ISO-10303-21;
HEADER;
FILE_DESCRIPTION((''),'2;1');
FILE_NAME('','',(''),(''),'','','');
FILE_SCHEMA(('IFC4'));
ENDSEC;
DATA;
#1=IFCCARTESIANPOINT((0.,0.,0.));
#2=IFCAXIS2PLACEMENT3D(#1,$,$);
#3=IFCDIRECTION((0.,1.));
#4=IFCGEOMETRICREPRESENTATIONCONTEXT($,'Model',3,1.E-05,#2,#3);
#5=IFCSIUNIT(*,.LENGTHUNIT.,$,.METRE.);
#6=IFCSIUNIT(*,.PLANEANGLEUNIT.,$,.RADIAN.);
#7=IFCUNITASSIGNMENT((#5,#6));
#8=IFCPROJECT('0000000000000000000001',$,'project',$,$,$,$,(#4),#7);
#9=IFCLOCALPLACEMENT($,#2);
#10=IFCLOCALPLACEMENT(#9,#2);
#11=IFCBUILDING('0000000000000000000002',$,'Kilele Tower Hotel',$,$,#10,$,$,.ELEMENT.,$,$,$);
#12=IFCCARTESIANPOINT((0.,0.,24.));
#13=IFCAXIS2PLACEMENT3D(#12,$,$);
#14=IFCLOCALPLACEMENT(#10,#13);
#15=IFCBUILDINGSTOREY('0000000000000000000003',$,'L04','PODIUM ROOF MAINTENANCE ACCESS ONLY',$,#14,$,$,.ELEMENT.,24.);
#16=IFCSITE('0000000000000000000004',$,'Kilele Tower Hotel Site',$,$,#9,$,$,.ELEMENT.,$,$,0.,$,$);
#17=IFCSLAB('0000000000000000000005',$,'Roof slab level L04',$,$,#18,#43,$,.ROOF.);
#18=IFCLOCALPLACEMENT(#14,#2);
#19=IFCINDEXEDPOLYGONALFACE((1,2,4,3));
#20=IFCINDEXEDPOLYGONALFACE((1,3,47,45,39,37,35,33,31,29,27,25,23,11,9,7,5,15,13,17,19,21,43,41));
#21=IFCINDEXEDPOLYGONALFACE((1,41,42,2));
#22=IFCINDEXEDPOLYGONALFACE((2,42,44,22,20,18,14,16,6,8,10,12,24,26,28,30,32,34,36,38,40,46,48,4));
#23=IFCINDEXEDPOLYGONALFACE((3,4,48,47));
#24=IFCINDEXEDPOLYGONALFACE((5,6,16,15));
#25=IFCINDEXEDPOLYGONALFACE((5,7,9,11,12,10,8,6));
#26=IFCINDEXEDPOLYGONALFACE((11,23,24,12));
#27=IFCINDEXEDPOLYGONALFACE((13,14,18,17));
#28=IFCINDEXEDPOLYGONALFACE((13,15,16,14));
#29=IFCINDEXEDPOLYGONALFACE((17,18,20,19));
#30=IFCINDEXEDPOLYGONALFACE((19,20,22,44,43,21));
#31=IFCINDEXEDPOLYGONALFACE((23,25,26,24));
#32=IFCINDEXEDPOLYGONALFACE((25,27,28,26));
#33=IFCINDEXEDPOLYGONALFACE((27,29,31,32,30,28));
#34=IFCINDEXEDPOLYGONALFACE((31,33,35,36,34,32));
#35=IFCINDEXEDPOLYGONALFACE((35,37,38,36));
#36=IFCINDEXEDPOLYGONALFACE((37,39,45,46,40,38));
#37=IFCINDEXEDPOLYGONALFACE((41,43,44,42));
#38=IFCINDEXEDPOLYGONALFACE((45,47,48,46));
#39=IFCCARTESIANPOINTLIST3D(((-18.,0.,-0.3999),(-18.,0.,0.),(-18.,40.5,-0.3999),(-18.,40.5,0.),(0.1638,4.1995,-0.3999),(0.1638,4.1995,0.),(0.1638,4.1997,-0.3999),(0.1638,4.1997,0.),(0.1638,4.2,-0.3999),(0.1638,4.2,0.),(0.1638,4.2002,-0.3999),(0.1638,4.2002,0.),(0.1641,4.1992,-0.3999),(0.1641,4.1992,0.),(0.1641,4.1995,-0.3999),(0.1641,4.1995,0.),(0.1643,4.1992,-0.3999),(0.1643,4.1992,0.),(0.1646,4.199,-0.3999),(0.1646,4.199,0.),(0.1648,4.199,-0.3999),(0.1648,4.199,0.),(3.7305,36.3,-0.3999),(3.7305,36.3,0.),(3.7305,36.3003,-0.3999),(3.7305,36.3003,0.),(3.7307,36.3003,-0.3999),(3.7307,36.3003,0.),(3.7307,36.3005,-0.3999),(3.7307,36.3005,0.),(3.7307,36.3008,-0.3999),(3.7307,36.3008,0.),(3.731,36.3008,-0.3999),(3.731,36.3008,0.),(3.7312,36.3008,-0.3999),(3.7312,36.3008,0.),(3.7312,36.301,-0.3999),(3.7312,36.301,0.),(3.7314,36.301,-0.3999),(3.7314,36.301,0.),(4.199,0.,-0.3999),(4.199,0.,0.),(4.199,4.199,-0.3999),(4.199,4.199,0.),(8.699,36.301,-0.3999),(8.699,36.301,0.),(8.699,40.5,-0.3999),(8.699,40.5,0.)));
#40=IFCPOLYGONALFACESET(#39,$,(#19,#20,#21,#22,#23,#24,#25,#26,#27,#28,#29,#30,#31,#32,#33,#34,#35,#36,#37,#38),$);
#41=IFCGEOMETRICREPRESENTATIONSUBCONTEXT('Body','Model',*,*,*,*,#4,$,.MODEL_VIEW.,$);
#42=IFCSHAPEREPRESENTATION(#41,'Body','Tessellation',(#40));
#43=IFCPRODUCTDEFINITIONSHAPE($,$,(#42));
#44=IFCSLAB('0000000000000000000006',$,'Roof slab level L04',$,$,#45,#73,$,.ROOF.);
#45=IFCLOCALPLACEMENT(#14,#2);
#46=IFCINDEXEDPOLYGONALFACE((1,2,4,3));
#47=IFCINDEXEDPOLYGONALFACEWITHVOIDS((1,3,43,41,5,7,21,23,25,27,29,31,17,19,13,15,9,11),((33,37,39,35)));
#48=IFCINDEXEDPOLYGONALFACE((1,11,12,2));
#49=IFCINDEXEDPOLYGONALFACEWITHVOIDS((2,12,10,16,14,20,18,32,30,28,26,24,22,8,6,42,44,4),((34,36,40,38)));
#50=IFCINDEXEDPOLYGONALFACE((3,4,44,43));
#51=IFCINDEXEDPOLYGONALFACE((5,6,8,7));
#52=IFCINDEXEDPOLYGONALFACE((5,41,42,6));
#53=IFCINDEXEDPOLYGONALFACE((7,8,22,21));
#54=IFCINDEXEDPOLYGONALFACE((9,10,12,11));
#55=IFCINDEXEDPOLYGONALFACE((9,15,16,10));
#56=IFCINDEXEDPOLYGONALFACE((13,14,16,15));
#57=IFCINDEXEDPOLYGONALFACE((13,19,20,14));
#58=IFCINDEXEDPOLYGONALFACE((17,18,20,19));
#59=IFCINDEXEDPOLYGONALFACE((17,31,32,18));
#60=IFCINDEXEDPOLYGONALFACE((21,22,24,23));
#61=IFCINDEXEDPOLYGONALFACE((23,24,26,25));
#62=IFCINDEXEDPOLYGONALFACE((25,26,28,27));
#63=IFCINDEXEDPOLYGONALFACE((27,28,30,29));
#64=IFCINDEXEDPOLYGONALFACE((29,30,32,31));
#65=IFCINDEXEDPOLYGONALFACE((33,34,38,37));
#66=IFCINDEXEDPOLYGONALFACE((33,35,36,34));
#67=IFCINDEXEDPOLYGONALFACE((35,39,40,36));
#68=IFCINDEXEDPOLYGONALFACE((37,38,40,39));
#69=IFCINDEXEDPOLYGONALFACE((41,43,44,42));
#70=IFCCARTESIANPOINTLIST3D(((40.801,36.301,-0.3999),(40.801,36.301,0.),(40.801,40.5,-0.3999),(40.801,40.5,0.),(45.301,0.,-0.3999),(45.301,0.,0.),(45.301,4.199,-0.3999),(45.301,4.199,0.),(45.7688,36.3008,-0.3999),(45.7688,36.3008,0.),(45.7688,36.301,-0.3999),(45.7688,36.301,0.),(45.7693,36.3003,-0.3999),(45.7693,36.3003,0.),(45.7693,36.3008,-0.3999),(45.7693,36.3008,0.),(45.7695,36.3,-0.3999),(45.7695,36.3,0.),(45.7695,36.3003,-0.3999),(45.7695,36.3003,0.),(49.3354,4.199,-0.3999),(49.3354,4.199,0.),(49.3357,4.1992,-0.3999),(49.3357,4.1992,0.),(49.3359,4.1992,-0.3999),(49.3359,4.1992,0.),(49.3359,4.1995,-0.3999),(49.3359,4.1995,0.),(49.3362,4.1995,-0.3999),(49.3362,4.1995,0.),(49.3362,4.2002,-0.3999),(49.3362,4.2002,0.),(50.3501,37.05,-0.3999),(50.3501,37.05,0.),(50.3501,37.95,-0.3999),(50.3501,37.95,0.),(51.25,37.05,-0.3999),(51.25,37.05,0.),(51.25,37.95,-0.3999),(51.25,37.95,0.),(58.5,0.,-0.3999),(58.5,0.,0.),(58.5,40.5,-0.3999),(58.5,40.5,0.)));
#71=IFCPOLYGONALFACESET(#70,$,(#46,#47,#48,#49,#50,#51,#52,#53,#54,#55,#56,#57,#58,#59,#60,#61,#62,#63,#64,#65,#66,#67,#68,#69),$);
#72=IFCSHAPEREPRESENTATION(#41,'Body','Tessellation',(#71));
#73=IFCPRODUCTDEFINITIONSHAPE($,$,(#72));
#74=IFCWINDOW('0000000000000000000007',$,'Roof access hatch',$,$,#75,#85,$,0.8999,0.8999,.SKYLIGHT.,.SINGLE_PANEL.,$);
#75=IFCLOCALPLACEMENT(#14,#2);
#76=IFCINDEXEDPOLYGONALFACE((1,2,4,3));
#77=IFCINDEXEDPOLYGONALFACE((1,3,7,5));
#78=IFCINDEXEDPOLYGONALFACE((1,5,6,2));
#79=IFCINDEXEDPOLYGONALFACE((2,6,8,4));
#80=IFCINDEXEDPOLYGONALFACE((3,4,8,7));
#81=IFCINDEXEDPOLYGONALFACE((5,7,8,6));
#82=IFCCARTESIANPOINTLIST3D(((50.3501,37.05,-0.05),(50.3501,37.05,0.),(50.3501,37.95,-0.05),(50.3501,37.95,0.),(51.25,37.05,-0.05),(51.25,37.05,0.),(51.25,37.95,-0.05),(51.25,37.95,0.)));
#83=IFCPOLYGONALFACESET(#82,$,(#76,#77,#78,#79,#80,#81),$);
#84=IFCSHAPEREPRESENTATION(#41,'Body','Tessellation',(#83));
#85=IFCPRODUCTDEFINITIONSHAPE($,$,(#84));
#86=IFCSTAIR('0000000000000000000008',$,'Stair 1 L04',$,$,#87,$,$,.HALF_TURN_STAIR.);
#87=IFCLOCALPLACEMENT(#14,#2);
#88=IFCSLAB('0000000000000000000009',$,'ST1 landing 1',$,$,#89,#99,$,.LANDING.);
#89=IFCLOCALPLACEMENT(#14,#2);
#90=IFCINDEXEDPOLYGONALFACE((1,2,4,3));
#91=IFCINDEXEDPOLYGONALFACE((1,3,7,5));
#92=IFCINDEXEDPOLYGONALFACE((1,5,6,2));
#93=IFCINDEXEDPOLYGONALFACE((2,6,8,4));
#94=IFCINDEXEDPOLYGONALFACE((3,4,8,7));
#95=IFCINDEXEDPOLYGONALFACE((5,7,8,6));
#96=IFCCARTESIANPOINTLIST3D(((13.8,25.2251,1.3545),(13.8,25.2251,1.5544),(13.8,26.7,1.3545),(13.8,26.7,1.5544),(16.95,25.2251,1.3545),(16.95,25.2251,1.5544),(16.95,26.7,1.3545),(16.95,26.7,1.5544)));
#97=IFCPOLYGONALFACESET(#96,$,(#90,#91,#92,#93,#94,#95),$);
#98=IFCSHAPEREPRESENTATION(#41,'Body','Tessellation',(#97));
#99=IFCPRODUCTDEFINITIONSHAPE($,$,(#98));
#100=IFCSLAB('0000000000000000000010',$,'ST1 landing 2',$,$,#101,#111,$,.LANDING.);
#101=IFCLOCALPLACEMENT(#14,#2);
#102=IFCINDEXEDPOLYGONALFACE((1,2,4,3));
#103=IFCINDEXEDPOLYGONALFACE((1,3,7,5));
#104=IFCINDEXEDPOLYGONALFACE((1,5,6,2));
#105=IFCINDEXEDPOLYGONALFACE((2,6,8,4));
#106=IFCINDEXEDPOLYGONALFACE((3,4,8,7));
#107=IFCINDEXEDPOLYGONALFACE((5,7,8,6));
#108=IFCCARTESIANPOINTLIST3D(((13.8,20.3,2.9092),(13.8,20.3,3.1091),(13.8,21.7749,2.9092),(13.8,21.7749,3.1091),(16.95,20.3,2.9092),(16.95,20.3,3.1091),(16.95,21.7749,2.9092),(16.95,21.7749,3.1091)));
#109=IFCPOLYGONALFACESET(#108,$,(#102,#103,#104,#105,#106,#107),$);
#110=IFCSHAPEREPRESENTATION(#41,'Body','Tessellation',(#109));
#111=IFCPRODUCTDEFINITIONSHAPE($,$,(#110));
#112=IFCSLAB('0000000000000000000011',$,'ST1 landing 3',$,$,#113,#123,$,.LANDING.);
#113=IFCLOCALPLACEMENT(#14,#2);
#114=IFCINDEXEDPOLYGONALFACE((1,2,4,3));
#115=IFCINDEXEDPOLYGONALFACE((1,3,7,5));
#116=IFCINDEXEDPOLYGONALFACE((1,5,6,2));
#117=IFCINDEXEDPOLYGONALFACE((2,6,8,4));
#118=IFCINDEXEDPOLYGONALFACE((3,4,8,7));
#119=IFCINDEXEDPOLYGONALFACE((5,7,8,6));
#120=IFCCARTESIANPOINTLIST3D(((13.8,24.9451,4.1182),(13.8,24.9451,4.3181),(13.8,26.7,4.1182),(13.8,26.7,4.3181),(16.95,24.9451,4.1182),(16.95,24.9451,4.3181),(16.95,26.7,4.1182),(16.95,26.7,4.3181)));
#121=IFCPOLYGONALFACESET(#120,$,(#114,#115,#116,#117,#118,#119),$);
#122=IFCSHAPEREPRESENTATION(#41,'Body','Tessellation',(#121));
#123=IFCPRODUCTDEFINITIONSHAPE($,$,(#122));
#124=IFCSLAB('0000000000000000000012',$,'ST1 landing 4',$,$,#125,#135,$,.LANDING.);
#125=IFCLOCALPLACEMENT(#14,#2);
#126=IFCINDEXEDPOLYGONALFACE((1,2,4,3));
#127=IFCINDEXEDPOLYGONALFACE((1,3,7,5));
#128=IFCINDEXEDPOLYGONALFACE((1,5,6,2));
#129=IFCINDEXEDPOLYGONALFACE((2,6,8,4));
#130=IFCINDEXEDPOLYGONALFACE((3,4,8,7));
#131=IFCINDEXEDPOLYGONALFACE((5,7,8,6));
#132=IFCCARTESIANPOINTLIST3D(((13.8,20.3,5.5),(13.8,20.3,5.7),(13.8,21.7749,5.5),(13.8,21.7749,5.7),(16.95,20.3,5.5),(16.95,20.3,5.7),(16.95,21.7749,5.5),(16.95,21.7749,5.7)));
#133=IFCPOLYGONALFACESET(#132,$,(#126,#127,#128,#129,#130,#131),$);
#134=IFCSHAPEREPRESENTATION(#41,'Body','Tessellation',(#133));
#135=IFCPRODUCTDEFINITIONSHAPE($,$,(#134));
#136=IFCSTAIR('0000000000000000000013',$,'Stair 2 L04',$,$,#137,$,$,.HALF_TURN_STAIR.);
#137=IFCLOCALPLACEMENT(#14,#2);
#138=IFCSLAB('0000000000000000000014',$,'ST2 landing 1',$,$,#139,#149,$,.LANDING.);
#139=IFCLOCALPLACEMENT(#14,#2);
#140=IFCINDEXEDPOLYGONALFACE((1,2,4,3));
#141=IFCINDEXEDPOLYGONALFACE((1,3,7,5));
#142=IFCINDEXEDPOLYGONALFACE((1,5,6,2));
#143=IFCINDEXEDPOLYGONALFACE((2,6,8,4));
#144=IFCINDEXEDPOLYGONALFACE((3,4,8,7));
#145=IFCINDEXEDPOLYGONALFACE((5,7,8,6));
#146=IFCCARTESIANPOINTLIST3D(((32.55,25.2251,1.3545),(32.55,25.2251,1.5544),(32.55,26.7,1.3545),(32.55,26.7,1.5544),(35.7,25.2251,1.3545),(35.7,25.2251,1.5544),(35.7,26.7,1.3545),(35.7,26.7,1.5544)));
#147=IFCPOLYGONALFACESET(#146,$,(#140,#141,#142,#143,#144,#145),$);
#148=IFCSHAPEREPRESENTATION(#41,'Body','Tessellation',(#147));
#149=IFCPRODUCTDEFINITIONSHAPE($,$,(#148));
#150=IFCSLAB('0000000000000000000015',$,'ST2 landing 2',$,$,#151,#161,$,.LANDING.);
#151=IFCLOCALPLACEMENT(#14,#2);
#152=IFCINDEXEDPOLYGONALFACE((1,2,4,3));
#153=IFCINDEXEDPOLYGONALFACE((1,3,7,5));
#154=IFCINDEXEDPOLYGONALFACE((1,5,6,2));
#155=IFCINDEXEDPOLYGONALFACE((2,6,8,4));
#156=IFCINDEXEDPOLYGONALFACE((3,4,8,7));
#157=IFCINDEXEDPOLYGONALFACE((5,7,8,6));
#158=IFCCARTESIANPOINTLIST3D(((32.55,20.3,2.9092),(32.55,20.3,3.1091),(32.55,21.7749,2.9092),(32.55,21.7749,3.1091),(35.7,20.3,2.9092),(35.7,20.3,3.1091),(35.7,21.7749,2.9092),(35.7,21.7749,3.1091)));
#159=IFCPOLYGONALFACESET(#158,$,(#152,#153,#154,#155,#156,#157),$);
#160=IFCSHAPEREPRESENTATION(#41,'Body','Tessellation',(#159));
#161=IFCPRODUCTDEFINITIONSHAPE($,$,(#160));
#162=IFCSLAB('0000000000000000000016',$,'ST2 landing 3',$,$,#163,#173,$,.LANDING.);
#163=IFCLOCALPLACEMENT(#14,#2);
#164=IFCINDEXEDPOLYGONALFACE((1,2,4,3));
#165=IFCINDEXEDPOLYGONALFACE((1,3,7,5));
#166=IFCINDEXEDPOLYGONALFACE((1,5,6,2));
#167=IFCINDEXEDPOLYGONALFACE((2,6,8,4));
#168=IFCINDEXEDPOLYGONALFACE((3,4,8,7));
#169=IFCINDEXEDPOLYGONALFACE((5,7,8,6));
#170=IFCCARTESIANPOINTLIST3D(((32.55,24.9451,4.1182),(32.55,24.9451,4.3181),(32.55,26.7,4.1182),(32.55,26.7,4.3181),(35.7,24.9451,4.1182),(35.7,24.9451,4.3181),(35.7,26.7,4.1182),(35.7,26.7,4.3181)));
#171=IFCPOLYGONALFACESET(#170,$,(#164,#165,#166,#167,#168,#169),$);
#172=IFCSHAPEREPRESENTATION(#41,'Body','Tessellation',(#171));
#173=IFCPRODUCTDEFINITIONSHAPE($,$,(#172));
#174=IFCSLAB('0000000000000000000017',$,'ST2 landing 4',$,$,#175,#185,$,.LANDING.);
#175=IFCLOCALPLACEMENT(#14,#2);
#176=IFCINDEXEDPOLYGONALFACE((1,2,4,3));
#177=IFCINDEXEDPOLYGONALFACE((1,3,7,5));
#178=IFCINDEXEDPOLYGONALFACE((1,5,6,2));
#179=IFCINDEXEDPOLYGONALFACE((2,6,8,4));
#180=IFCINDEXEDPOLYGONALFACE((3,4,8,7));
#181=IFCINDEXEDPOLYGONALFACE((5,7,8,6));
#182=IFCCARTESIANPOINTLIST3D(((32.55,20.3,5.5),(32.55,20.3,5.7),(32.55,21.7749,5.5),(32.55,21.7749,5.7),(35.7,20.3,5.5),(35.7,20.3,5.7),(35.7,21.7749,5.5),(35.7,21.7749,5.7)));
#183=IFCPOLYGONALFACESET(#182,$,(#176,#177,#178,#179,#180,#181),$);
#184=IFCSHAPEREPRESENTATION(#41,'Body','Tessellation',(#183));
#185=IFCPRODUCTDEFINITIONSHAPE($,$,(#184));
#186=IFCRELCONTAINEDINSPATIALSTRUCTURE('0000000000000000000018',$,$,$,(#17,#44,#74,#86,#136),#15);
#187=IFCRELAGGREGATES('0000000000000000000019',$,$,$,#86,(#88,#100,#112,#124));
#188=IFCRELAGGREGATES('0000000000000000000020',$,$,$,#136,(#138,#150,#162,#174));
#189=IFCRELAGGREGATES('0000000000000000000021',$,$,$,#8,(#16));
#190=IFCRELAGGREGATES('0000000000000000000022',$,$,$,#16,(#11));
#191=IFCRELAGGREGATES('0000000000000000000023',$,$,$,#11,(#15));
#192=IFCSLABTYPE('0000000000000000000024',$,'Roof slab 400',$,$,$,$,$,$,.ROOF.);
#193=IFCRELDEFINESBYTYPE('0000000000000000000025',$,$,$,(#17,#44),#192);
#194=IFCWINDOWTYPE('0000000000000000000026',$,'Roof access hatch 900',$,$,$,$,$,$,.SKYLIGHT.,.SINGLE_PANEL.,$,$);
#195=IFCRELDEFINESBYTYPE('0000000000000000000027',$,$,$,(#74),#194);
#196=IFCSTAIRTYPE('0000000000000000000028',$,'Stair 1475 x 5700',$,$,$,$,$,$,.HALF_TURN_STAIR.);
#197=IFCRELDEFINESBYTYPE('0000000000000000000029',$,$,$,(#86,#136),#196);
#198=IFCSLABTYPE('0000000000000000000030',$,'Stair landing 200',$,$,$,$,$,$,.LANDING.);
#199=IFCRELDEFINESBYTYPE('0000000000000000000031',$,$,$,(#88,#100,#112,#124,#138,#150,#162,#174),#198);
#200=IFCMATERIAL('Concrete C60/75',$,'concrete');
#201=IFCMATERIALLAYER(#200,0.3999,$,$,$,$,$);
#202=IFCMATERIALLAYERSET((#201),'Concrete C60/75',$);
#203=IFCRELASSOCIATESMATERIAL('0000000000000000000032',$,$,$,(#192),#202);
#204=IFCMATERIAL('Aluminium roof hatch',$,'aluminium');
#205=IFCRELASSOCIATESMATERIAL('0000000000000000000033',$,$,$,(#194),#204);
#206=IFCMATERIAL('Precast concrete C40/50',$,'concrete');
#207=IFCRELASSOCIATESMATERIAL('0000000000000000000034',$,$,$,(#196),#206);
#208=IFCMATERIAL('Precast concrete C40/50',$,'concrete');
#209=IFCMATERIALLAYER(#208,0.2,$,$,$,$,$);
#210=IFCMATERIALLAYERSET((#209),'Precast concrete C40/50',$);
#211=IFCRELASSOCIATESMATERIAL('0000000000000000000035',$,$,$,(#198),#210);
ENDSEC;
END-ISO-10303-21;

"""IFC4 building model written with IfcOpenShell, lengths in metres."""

from ifc_helpers import new_model, si_unit, direction, frame, origin, origin_2d, place, context, subcontext, project, spatial, polyline, rectangle, outline, extrude, material, layer, layer_set, type_object, element, fill, aggregate, save


model = new_model("IFC4")

# Units and contexts
model_context = context("Model", 3, precision=1e-05, world=origin(), true_north=direction((0.0, 1.0)))
body_context = subcontext(model_context, "Body", "Model", "MODEL_VIEW")
ifc_project = project(units=[si_unit("LENGTHUNIT", "METRE"), si_unit("PLANEANGLEUNIT", "RADIAN")], contexts=[model_context])

# Site, building, storey
site_placement = place(None, origin())
site = spatial("IfcSite", under=ifc_project, at=site_placement, Name="Kilele Tower Hotel Site", CompositionType="ELEMENT", RefElevation=0.0)
building_placement = place(site_placement, origin())
building = spatial("IfcBuilding", under=site, at=building_placement, Name="Kilele Tower Hotel", CompositionType="ELEMENT")
storey_placement = place(building_placement, frame((0.0, 0.0, 24.0)))
storey = spatial("IfcBuildingStorey", under=building, at=storey_placement, Name="L04", Description="PODIUM ROOF MAINTENANCE ACCESS ONLY", CompositionType="ELEMENT", Elevation=24.0)

# Slab
ifc_material_1 = material(Name="Concrete C60/75", Category="concrete")
ifc_layer_1 = layer(ifc_material_1, 0.3999)
ifc_layer_set_1 = layer_set([ifc_layer_1], Name="Concrete C60/75")
slab_type_1 = type_object("IfcSlabType", Name="Roof slab 400", PredefinedType="ROOF", material=ifc_layer_set_1)
slab_1_placement = place(storey_placement, frame((0.0, 0.0, -0.3999)))
element("IfcSlab", 1, at=slab_1_placement, inside=storey, type_object=slab_type_1, Name="Roof slab level L04", PredefinedType="ROOF", context=body_context, shape_type="SweptSolid", body=[
    extrude(outline(polyline([(-18.0, 0.0), (-18.0, 40.5), (8.699, 40.5), (8.699, 36.301), (3.7314, 36.301), (3.7314, 36.301), (3.7312, 36.301), (3.7312, 36.301), (3.7312, 36.3008), (3.731, 36.3008), (3.731, 36.3008), (3.731, 36.3008), (3.7307, 36.3008), (3.7307, 36.3005), (3.7307, 36.3005), (3.7307, 36.3005), (3.7307, 36.3003), (3.7305, 36.3003), (3.7305, 36.3003), (3.7305, 36.3), (0.1638, 4.2002), (0.1638, 4.2), (0.1638, 4.2), (0.1638, 4.1997), (0.1638, 4.1997), (0.1638, 4.1997), (0.1638, 4.1995), (0.1641, 4.1995), (0.1641, 4.1995), (0.1641, 4.1992), (0.1643, 4.1992), (0.1643, 4.1992), (0.1643, 4.1992), (0.1643, 4.1992), (0.1646, 4.199), (0.1646, 4.199), (0.1648, 4.199), (0.1648, 4.199), (4.199, 4.199), (4.199, 0.0), (-18.0, 0.0)])), origin(), (0.0, 0.0, 1.0), 0.3999),
])

# Slab, opening, window
slab_2_placement = place(storey_placement, frame((0.0, 0.0, -0.3999)))
slab_2 = element("IfcSlab", 2, at=slab_2_placement, inside=storey, type_object=slab_type_1, Name="Roof slab level L04", PredefinedType="ROOF", context=body_context, shape_type="SweptSolid", body=[
    extrude(outline(polyline([(58.5, 40.5), (58.5, 0.0), (45.301, 0.0), (45.301, 4.199), (49.3352, 4.199), (49.3352, 4.199), (49.3354, 4.199), (49.3354, 4.199), (49.3357, 4.1992), (49.3357, 4.1992), (49.3357, 4.1992), (49.3357, 4.1992), (49.3359, 4.1992), (49.3359, 4.1995), (49.3359, 4.1995), (49.3362, 4.1995), (49.3362, 4.1997), (49.3362, 4.1997), (49.3362, 4.1997), (49.3362, 4.2), (49.3362, 4.2), (49.3362, 4.2002), (45.7695, 36.3), (45.7695, 36.3003), (45.7695, 36.3003), (45.7693, 36.3003), (45.7693, 36.3005), (45.7693, 36.3005), (45.7693, 36.3005), (45.7693, 36.3008), (45.769, 36.3008), (45.769, 36.3008), (45.769, 36.3008), (45.7688, 36.3008), (45.7688, 36.301), (45.7688, 36.301), (45.7686, 36.301), (45.7686, 36.301), (40.801, 36.301), (40.801, 40.5), (58.5, 40.5)])), origin(), (0.0, 0.0, 1.0), 0.3999),
])
opening_placement = place(slab_2_placement, frame((50.8, 37.5, 0.0)))
opening = element("IfcOpeningElement", 3, at=opening_placement, cuts=slab_2, PredefinedType="OPENING", context=body_context, shape_type="SweptSolid", body=[
    extrude(rectangle(XDim=0.8999, YDim=0.8999, at=origin_2d()), origin(), (0.0, 0.0, 1.0), 0.3999),
])
ifc_material_2 = material(Name="Aluminium roof hatch", Category="aluminium")
window_type = type_object("IfcWindowType", Name="Roof access hatch 900", PartitioningType="SINGLE_PANEL", PredefinedType="SKYLIGHT", material=ifc_material_2)
window_placement = place(opening_placement, frame((0.0, 0.0, 0.3499)))
window = element("IfcWindow", 4, at=window_placement, inside=storey, type_object=window_type, Name="Roof access hatch", OverallHeight=0.8999, OverallWidth=0.8999, PartitioningType="SINGLE_PANEL", PredefinedType="SKYLIGHT", context=body_context, shape_type="SweptSolid", body=[
    extrude(rectangle(XDim=0.8999, YDim=0.8999, at=origin_2d()), origin(), (0.0, 0.0, 1.0), 0.05),
])
fill(opening, window)

# Stairs, slabs
ifc_material_3 = material(Name="Precast concrete C40/50", Category="concrete")
stair_type = type_object("IfcStairType", Name="Stair 1475 x 5700", PredefinedType="HALF_TURN_STAIR", material=ifc_material_3)
stair_1_placement = place(storey_placement, origin())
stair_1 = element("IfcStair", 5, at=stair_1_placement, inside=storey, type_object=stair_type, Name="Stair 1 L04", PredefinedType="HALF_TURN_STAIR")
ifc_material_4 = material(Name="Precast concrete C40/50", Category="concrete")
ifc_layer_2 = layer(ifc_material_4, 0.2)
ifc_layer_set_2 = layer_set([ifc_layer_2], Name="Precast concrete C40/50")
slab_type_2 = type_object("IfcSlabType", Name="Stair landing 200", PredefinedType="LANDING", material=ifc_layer_set_2)
slab_3_placement = place(storey_placement, frame((0.0, 0.0, 1.3545)))
slab_3 = element("IfcSlab", 6, at=slab_3_placement, type_object=slab_type_2, Name="ST1 landing 1", PredefinedType="LANDING", context=body_context, shape_type="SweptSolid", body=[
    extrude(outline(polyline([(13.8, 25.2251), (16.95, 25.2251), (16.95, 26.7), (13.8, 26.7), (13.8, 25.2251)])), origin(), (0.0, 0.0, 1.0), 0.2),
])
slab_4_placement = place(storey_placement, frame((0.0, 0.0, 2.9092)))
slab_4 = element("IfcSlab", 7, at=slab_4_placement, type_object=slab_type_2, Name="ST1 landing 2", PredefinedType="LANDING", context=body_context, shape_type="SweptSolid", body=[
    extrude(outline(polyline([(13.8, 20.3), (16.95, 20.3), (16.95, 21.7749), (13.8, 21.7749), (13.8, 20.3)])), origin(), (0.0, 0.0, 1.0), 0.2),
])
slab_5_placement = place(storey_placement, frame((0.0, 0.0, 4.1182)))
slab_5 = element("IfcSlab", 8, at=slab_5_placement, type_object=slab_type_2, Name="ST1 landing 3", PredefinedType="LANDING", context=body_context, shape_type="SweptSolid", body=[
    extrude(outline(polyline([(13.8, 24.9451), (16.95, 24.9451), (16.95, 26.7), (13.8, 26.7), (13.8, 24.9451)])), origin(), (0.0, 0.0, 1.0), 0.2),
])
slab_6_placement = place(storey_placement, frame((0.0, 0.0, 5.5)))
slab_6 = element("IfcSlab", 9, at=slab_6_placement, type_object=slab_type_2, Name="ST1 landing 4", PredefinedType="LANDING", context=body_context, shape_type="SweptSolid", body=[
    extrude(outline(polyline([(13.8, 20.3), (16.95, 20.3), (16.95, 21.7749), (13.8, 21.7749), (13.8, 20.3)])), origin(), (0.0, 0.0, 1.0), 0.2),
])
aggregate(stair_1, [slab_3, slab_4, slab_5, slab_6])
stair_2_placement = place(storey_placement, origin())
stair_2 = element("IfcStair", 10, at=stair_2_placement, inside=storey, type_object=stair_type, Name="Stair 2 L04", PredefinedType="HALF_TURN_STAIR")
slab_7_placement = place(storey_placement, frame((0.0, 0.0, 1.3545)))
slab_7 = element("IfcSlab", 11, at=slab_7_placement, type_object=slab_type_2, Name="ST2 landing 1", PredefinedType="LANDING", context=body_context, shape_type="SweptSolid", body=[
    extrude(outline(polyline([(32.55, 25.2251), (35.7, 25.2251), (35.7, 26.7), (32.55, 26.7), (32.55, 25.2251)])), origin(), (0.0, 0.0, 1.0), 0.2),
])
slab_8_placement = place(storey_placement, frame((0.0, 0.0, 2.9092)))
slab_8 = element("IfcSlab", 12, at=slab_8_placement, type_object=slab_type_2, Name="ST2 landing 2", PredefinedType="LANDING", context=body_context, shape_type="SweptSolid", body=[
    extrude(outline(polyline([(32.55, 20.3), (35.7, 20.3), (35.7, 21.7749), (32.55, 21.7749), (32.55, 20.3)])), origin(), (0.0, 0.0, 1.0), 0.2),
])
slab_9_placement = place(storey_placement, frame((0.0, 0.0, 4.1182)))
slab_9 = element("IfcSlab", 13, at=slab_9_placement, type_object=slab_type_2, Name="ST2 landing 3", PredefinedType="LANDING", context=body_context, shape_type="SweptSolid", body=[
    extrude(outline(polyline([(32.55, 24.9451), (35.7, 24.9451), (35.7, 26.7), (32.55, 26.7), (32.55, 24.9451)])), origin(), (0.0, 0.0, 1.0), 0.2),
])
slab_10_placement = place(storey_placement, frame((0.0, 0.0, 5.5)))
slab_10 = element("IfcSlab", 14, at=slab_10_placement, type_object=slab_type_2, Name="ST2 landing 4", PredefinedType="LANDING", context=body_context, shape_type="SweptSolid", body=[
    extrude(outline(polyline([(32.55, 20.3), (35.7, 20.3), (35.7, 21.7749), (32.55, 21.7749), (32.55, 20.3)])), origin(), (0.0, 0.0, 1.0), 0.2),
])
aggregate(stair_2, [slab_7, slab_8, slab_9, slab_10])

save(model, "model.ifc")
